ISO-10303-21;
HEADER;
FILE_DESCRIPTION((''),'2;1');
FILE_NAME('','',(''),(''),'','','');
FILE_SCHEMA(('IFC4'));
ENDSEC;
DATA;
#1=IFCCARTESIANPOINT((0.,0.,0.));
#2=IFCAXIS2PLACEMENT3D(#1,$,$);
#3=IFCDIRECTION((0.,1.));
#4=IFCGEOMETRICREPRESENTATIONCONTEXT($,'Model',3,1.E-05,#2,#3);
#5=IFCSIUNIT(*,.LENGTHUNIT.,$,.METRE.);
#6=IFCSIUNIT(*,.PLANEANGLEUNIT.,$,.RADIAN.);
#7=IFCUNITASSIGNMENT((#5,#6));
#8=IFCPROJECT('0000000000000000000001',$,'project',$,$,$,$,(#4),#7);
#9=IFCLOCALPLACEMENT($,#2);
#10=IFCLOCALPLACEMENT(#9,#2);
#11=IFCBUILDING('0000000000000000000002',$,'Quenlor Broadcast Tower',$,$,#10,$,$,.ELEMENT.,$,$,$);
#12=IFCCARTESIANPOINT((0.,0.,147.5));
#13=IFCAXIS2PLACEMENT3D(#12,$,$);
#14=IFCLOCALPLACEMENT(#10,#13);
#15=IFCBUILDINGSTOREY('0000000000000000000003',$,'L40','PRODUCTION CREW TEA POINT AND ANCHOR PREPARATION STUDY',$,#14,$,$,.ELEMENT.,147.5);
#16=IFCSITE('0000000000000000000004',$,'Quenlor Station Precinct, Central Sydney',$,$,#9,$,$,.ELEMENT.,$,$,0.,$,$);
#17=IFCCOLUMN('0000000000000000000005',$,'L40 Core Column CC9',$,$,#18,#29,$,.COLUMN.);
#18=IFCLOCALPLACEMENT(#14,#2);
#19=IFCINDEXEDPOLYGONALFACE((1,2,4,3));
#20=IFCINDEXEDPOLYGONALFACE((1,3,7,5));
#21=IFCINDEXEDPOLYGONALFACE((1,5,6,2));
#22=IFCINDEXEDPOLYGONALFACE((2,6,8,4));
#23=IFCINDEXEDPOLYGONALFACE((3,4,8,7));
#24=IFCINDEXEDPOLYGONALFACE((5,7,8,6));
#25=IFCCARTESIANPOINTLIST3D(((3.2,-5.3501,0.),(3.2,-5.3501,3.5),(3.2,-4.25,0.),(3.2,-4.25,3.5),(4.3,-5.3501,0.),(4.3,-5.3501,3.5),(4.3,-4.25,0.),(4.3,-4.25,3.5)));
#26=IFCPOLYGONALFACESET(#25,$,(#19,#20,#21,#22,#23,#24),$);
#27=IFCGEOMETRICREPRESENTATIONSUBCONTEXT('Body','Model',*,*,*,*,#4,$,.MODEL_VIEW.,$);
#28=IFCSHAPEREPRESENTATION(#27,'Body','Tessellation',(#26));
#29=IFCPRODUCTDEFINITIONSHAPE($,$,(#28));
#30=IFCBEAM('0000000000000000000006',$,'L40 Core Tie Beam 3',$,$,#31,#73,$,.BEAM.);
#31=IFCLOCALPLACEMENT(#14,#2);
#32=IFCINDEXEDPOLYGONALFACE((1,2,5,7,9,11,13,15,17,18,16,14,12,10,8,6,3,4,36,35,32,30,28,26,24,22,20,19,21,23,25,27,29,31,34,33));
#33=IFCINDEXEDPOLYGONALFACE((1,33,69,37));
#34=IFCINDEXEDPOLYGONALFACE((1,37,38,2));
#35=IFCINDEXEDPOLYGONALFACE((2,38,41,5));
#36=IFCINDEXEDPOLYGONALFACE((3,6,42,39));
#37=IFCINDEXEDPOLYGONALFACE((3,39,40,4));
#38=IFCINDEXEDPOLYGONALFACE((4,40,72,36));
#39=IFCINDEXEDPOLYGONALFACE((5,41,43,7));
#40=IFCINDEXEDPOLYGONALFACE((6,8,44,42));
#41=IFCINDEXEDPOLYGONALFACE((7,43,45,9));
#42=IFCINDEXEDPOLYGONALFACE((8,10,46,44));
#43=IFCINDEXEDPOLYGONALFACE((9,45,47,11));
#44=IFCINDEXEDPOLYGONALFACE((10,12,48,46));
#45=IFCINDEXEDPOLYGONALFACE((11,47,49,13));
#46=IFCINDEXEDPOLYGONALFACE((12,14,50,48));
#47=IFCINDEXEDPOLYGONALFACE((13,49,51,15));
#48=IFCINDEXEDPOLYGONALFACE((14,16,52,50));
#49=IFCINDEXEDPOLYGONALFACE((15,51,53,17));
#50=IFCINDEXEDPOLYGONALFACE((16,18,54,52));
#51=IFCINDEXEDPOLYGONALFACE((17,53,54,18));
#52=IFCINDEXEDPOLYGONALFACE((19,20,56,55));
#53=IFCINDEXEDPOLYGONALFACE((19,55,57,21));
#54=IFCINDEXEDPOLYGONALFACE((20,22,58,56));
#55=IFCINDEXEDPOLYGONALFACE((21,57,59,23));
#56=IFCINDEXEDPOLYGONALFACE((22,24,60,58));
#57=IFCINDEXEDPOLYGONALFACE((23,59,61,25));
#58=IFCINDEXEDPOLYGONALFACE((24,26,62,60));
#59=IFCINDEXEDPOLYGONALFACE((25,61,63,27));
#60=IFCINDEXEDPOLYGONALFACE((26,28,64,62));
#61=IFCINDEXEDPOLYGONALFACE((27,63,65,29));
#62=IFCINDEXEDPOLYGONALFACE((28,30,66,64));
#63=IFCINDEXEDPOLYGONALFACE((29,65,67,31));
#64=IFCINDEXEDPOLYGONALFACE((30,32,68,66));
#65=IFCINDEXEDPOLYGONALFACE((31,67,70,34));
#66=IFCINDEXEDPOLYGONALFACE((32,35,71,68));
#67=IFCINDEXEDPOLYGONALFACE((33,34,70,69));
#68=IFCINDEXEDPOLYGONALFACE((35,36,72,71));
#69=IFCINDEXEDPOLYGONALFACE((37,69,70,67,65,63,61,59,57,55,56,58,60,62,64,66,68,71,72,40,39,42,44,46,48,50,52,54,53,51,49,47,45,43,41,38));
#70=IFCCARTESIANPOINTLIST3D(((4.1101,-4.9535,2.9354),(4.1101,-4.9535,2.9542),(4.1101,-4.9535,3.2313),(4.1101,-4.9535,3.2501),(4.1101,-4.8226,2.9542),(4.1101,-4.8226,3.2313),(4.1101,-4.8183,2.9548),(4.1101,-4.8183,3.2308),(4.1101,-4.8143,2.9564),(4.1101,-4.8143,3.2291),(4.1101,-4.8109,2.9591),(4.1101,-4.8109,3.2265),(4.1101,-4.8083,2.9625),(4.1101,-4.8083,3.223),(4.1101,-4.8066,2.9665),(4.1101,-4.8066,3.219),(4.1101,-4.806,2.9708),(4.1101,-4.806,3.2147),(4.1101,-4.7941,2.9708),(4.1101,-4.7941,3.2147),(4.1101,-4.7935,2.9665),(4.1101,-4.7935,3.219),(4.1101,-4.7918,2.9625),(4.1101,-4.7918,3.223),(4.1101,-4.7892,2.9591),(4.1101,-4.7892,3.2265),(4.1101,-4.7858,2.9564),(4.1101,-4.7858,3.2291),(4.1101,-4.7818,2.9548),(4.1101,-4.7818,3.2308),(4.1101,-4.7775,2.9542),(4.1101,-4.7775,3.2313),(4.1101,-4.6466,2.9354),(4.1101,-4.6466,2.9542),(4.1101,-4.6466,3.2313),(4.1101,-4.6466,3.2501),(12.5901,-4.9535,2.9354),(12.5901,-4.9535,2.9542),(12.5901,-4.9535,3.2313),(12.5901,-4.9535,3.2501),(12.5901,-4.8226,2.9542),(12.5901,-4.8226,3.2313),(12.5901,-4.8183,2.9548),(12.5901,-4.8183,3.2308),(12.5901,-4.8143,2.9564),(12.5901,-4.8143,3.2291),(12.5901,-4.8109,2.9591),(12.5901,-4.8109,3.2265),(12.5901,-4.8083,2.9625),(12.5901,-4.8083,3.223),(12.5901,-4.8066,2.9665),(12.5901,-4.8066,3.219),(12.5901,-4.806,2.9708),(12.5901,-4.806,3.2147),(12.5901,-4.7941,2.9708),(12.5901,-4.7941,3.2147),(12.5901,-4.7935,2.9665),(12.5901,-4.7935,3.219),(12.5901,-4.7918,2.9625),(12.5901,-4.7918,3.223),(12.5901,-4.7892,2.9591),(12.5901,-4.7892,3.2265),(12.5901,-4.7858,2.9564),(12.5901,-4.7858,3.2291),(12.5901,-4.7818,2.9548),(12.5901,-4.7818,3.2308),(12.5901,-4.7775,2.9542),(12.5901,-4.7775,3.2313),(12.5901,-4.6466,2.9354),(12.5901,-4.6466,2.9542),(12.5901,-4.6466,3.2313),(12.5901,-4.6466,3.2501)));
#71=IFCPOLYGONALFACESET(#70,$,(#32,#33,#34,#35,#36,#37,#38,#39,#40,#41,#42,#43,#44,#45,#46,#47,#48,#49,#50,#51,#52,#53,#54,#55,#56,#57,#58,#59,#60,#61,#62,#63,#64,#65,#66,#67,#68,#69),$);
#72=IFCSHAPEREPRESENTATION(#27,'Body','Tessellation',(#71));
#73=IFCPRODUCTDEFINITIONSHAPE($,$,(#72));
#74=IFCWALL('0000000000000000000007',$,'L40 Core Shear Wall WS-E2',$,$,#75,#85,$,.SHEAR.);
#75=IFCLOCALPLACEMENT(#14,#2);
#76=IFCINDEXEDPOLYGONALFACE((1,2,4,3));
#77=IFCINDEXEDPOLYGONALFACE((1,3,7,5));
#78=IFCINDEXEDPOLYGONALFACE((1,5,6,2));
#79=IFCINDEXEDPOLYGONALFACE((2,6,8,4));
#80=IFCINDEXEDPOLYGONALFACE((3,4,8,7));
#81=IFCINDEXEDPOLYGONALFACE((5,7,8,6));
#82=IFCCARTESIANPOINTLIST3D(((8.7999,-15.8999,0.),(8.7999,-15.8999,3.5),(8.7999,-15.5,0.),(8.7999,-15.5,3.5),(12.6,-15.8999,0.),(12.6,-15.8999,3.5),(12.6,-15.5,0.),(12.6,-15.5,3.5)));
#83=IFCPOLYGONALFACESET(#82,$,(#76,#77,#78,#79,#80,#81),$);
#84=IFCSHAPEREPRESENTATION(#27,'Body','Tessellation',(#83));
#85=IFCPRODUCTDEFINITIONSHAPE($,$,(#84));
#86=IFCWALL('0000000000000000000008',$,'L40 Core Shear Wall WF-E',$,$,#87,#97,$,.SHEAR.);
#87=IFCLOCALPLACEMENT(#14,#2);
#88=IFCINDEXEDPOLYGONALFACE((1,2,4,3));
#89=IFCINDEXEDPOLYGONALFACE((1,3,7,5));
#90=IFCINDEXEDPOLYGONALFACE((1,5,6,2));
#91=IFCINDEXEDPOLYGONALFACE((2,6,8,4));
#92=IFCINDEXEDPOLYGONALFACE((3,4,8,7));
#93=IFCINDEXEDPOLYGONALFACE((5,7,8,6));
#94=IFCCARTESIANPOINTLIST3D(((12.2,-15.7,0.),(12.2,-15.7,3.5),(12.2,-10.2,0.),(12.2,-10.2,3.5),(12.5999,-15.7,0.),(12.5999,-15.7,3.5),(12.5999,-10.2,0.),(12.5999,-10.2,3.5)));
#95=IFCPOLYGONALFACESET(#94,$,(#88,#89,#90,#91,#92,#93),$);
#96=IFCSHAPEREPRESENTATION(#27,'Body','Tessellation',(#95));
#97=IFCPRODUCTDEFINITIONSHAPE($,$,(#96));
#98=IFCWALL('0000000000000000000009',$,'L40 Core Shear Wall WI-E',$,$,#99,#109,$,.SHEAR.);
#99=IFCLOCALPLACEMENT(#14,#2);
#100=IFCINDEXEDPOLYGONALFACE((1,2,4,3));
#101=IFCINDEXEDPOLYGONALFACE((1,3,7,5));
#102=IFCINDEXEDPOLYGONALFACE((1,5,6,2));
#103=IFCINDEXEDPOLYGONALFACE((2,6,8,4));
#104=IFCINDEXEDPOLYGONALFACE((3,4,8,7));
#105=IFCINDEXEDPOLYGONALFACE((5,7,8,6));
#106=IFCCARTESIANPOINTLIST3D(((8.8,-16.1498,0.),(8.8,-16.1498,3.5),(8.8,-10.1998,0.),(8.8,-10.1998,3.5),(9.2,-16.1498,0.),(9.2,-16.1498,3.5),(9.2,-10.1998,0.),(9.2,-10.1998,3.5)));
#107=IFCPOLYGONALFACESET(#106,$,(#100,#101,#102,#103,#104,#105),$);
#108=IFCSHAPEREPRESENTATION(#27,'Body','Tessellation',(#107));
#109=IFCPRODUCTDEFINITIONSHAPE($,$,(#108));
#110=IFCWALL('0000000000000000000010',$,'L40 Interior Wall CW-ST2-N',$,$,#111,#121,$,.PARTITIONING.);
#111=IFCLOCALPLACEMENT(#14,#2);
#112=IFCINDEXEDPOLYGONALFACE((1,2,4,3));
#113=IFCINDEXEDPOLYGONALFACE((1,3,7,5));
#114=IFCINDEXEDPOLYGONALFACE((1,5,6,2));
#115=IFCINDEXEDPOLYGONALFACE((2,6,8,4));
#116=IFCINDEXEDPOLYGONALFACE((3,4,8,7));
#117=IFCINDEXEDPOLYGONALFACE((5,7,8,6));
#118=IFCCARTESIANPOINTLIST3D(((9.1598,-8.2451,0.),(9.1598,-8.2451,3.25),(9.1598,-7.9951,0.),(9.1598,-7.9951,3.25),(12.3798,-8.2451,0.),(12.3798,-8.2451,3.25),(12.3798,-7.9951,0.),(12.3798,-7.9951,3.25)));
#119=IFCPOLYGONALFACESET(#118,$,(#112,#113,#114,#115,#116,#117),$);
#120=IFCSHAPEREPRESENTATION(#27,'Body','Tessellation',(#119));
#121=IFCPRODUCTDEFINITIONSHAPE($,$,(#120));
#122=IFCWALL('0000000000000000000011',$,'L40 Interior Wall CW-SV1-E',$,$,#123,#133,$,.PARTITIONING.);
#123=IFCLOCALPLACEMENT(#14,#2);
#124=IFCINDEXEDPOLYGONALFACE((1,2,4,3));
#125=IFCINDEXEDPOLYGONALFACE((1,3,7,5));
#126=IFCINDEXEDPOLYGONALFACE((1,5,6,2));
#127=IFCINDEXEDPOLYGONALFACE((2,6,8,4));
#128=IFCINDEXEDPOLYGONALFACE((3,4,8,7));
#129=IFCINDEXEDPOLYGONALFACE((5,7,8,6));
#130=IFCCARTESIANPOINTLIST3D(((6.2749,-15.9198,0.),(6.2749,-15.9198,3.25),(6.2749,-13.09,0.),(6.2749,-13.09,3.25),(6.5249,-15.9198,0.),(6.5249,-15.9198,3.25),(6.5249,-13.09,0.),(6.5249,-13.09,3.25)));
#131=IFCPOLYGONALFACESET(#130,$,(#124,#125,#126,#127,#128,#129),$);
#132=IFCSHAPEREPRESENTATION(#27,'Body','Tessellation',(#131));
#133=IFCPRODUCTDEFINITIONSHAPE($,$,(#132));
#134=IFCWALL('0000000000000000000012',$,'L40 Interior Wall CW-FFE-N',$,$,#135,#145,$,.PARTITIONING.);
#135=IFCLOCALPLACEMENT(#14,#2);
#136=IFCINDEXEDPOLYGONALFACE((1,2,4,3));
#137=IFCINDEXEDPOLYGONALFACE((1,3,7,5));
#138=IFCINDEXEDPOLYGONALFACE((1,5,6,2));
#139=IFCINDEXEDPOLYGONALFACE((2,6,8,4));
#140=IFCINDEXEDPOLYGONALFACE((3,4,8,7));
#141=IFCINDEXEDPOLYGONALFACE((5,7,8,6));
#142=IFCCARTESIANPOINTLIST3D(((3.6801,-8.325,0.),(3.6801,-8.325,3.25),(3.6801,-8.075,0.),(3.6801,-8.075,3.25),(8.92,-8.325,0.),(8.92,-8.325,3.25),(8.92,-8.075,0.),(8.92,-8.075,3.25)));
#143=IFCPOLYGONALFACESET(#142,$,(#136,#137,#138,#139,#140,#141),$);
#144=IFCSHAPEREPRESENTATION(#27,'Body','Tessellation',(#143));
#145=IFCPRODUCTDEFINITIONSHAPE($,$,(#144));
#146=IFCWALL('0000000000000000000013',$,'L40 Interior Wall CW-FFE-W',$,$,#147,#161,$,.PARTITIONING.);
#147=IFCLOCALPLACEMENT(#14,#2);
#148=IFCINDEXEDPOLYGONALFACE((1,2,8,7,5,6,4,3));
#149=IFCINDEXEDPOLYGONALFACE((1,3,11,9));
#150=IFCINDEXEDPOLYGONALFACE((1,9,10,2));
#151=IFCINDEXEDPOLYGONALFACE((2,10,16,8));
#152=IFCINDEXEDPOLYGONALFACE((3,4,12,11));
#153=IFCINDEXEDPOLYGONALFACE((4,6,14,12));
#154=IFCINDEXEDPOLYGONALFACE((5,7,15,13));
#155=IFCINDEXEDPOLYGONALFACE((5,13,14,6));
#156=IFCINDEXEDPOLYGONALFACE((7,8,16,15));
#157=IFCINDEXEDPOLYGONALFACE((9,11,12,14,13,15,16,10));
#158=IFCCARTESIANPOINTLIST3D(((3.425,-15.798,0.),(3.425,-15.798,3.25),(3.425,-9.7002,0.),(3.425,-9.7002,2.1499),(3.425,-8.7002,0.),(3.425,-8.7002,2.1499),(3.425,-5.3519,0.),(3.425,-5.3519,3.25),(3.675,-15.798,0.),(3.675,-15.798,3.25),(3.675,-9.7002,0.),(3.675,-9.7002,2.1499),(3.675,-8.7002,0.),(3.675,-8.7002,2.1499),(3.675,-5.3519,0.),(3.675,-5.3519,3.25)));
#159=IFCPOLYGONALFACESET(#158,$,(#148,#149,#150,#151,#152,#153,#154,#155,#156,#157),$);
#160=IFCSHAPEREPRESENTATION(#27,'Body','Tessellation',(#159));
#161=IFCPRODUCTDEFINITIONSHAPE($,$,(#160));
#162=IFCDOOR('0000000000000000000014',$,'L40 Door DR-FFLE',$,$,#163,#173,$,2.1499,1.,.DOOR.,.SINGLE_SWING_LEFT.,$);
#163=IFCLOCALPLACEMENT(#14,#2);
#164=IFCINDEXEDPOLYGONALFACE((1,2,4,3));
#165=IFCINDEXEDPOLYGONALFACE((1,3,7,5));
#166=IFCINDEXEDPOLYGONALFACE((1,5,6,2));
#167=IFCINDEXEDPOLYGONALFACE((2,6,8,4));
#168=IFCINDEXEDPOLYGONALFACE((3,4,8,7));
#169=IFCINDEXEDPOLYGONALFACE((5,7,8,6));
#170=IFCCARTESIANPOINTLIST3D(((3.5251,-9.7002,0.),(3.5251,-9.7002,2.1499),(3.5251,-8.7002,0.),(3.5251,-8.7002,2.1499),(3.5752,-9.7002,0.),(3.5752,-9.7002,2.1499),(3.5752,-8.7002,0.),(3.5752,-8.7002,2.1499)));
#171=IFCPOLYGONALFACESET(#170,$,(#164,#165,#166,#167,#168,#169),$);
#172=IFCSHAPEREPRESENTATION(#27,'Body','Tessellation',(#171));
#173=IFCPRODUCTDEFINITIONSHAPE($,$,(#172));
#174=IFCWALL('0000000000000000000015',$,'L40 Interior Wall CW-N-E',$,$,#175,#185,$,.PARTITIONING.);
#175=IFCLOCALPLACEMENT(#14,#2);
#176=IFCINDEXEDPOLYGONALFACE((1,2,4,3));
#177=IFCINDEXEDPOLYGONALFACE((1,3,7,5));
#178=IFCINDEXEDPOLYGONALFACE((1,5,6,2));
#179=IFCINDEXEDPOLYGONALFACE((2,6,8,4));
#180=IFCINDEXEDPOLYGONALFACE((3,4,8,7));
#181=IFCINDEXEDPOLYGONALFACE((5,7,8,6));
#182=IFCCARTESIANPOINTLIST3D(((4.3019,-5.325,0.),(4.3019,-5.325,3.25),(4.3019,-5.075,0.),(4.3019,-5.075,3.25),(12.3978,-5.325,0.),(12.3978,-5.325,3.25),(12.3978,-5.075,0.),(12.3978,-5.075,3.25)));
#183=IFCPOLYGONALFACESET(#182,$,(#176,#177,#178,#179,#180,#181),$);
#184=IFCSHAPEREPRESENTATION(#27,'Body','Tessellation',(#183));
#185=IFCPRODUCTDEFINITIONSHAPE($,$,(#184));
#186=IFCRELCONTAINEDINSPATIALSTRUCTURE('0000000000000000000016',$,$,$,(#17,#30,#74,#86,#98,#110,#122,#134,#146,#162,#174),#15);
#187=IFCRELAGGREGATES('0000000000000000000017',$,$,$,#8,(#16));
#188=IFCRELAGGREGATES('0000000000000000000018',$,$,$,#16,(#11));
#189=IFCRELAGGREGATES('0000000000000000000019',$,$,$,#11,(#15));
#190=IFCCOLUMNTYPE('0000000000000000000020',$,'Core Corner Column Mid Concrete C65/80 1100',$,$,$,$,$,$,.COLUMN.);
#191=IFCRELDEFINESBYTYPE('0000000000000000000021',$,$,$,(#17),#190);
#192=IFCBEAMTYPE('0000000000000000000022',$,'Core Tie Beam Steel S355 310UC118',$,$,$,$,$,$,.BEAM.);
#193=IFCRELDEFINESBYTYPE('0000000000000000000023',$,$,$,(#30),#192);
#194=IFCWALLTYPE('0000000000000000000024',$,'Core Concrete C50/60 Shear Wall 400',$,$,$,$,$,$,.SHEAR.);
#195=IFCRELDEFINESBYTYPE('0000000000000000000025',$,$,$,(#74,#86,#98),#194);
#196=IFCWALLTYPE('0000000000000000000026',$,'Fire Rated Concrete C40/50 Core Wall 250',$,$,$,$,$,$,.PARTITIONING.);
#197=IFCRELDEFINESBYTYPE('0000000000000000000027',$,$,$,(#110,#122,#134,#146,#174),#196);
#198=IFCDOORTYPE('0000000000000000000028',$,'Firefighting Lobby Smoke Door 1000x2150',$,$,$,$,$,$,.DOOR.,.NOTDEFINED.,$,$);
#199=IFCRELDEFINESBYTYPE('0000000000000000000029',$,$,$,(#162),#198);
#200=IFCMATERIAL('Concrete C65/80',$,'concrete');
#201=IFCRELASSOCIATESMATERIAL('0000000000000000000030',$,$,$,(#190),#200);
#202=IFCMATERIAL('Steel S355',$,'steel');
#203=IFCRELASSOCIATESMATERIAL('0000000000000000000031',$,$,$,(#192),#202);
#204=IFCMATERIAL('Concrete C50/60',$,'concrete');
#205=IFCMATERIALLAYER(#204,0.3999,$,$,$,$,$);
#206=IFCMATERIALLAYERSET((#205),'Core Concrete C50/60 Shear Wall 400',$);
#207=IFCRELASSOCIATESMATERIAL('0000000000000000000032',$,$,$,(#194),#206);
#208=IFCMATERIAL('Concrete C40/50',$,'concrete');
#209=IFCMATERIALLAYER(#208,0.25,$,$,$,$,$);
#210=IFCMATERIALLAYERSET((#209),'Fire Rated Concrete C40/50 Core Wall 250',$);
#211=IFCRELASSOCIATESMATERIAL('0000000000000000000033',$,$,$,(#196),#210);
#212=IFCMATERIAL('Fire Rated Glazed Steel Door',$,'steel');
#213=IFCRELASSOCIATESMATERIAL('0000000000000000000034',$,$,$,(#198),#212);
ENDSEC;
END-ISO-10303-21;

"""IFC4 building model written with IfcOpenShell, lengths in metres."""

from ifc_helpers import new_model, si_unit, direction, frame, frame_2d, origin, origin_2d, place, context, subcontext, project, spatial, rectangle, i_section, extrude, material, layer, layer_set, material_profile, profile_set, type_object, element, fill, save


model = new_model("IFC4")

# Units and contexts
model_context = context("Model", 3, precision=1e-05, world=origin(), true_north=direction((0.0, 1.0)))
body_context = subcontext(model_context, "Body", "Model", "MODEL_VIEW")
ifc_project = project(units=[si_unit("LENGTHUNIT", "METRE"), si_unit("PLANEANGLEUNIT", "RADIAN")], contexts=[model_context])

# Site, building, storey
site_placement = place(None, origin())
site = spatial("IfcSite", under=ifc_project, at=site_placement, Name="Quenlor Station Precinct, Central Sydney", CompositionType="ELEMENT", RefElevation=0.0)
building_placement = place(site_placement, origin())
building = spatial("IfcBuilding", under=site, at=building_placement, Name="Quenlor Broadcast Tower", CompositionType="ELEMENT")
storey_placement = place(building_placement, frame((0.0, 0.0, 147.5)))
storey = spatial("IfcBuildingStorey", under=building, at=storey_placement, Name="L40", Description="PRODUCTION CREW TEA POINT AND ANCHOR PREPARATION STUDY", CompositionType="ELEMENT", Elevation=147.5)

# Column
ifc_material_1 = material(Name="Concrete C65/80", Category="concrete")
ifc_material_profile_1 = material_profile(ifc_material_1, rectangle(XDim=1.1001, YDim=1.1001, at=origin_2d()))
ifc_profile_set_1 = profile_set([ifc_material_profile_1], Name="Concrete C65/80 RC1100x1100")
column_type = type_object("IfcColumnType", Name="Core Corner Column Mid Concrete C65/80 1100", PredefinedType="COLUMN", material=ifc_profile_set_1)
column_placement = place(storey_placement, frame((3.75, -4.8, 0.0), z_axis=(0.0, 0.0, 1.0), x_axis=(1.0, 0.0, 0.0)))
element("IfcColumn", 1, at=column_placement, inside=storey, type_object=column_type, Name="L40 Core Column CC9", PredefinedType="COLUMN", context=body_context, shape_type="SweptSolid", body=[
    extrude(rectangle(XDim=1.1001, YDim=1.1001, at=origin_2d()), origin(), (0.0, 0.0, 1.0), 3.5),
])

# Beam
ifc_material_2 = material(Name="Steel S355", Category="steel")
ifc_material_profile_2 = material_profile(ifc_material_2, i_section(OverallWidth=0.3069, OverallDepth=0.3147, WebThickness=0.012, FlangeThickness=0.0188, FilletRadius=0.0166, at=origin_2d()))
ifc_profile_set_2 = profile_set([ifc_material_profile_2], Name="Steel S355 310UC118")
beam_type = type_object("IfcBeamType", Name="Core Tie Beam Steel S355 310UC118", PredefinedType="BEAM", material=ifc_profile_set_2)
beam_placement = place(storey_placement, frame((4.1101, -4.8, 3.0928), z_axis=(1.0, 0.0, 0.0), x_axis=(0.0, 1.0, 0.0)))
element("IfcBeam", 2, at=beam_placement, inside=storey, type_object=beam_type, Name="L40 Core Tie Beam 3", PredefinedType="BEAM", context=body_context, shape_type="SweptSolid", body=[
    extrude(i_section(OverallWidth=0.3069, OverallDepth=0.3147, WebThickness=0.012, FlangeThickness=0.0188, FilletRadius=0.0166, at=origin_2d()), origin(), (0.0, 0.0, 1.0), 8.48),
])

# Walls
ifc_material_3 = material(Name="Concrete C50/60", Category="concrete")
ifc_layer_1 = layer(ifc_material_3, 0.3999)
ifc_layer_set_1 = layer_set([ifc_layer_1], Name="Core Concrete C50/60 Shear Wall 400")
wall_type_1 = type_object("IfcWallType", Name="Core Concrete C50/60 Shear Wall 400", PredefinedType="SHEAR", material=ifc_layer_set_1)
wall_1_placement = place(storey_placement, frame((8.8, -15.7, 0.0), z_axis=(0.0, 0.0, 1.0), x_axis=(1.0, 0.0, 0.0)))
element("IfcWall", 3, at=wall_1_placement, inside=storey, type_object=wall_type_1, Name="L40 Core Shear Wall WS-E2", PredefinedType="SHEAR", context=body_context, shape_type="SweptSolid", body=[
    extrude(rectangle(XDim=3.8, YDim=0.3999, at=frame_2d((1.8999, 0.0))), origin(), (0.0, 0.0, 1.0), 3.5),
])
wall_2_placement = place(storey_placement, frame((12.3999, -15.7, 0.0), z_axis=(0.0, 0.0, 1.0), x_axis=(0.0, 1.0, 0.0)))
element("IfcWall", 4, at=wall_2_placement, inside=storey, type_object=wall_type_1, Name="L40 Core Shear Wall WF-E", PredefinedType="SHEAR", context=body_context, shape_type="SweptSolid", body=[
    extrude(rectangle(XDim=5.5, YDim=0.3999, at=frame_2d((2.75, 0.0))), origin(), (0.0, 0.0, 1.0), 3.5),
])
wall_3_placement = place(storey_placement, frame((9.0, -16.1499, 0.0), z_axis=(0.0, 0.0, 1.0), x_axis=(0.0, 1.0, 0.0)))
element("IfcWall", 5, at=wall_3_placement, inside=storey, type_object=wall_type_1, Name="L40 Core Shear Wall WI-E", PredefinedType="SHEAR", context=body_context, shape_type="SweptSolid", body=[
    extrude(rectangle(XDim=5.95, YDim=0.3999, at=frame_2d((2.9751, 0.0))), origin(), (0.0, 0.0, 1.0), 3.5),
])

# Shared definitions
ifc_material_4 = material(Name="Concrete C40/50", Category="concrete")
ifc_layer_2 = layer(ifc_material_4, 0.25)
ifc_layer_set_2 = layer_set([ifc_layer_2], Name="Fire Rated Concrete C40/50 Core Wall 250")
wall_type_2 = type_object("IfcWallType", Name="Fire Rated Concrete C40/50 Core Wall 250", PredefinedType="PARTITIONING", material=ifc_layer_set_2)

# Wall
wall_4_placement = place(storey_placement, frame((9.1599, -8.1201, 0.0), z_axis=(0.0, 0.0, 1.0), x_axis=(1.0, 0.0, 0.0)))
element("IfcWall", 6, at=wall_4_placement, inside=storey, type_object=wall_type_2, Name="L40 Interior Wall CW-ST2-N", PredefinedType="PARTITIONING", context=body_context, shape_type="SweptSolid", body=[
    extrude(rectangle(XDim=3.22, YDim=0.25, at=frame_2d((1.6099, 0.0))), origin(), (0.0, 0.0, 1.0), 3.25),
])

# Walls
wall_5_placement = place(storey_placement, frame((6.3999, -15.9199, 0.0), z_axis=(0.0, 0.0, 1.0), x_axis=(0.0, 1.0, 0.0)))
element("IfcWall", 7, at=wall_5_placement, inside=storey, type_object=wall_type_2, Name="L40 Interior Wall CW-SV1-E", PredefinedType="PARTITIONING", context=body_context, shape_type="SweptSolid", body=[
    extrude(rectangle(XDim=2.8298, YDim=0.25, at=frame_2d((1.415, 0.0))), origin(), (0.0, 0.0, 1.0), 3.25),
])
wall_6_placement = place(storey_placement, frame((3.6799, -8.2, 0.0), z_axis=(0.0, 0.0, 1.0), x_axis=(1.0, 0.0, 0.0)))
element("IfcWall", 8, at=wall_6_placement, inside=storey, type_object=wall_type_2, Name="L40 Interior Wall CW-FFE-N", PredefinedType="PARTITIONING", context=body_context, shape_type="SweptSolid", body=[
    extrude(rectangle(XDim=5.24, YDim=0.25, at=frame_2d((2.6201, 0.0))), origin(), (0.0, 0.0, 1.0), 3.25),
])

# Wall, opening, door
wall_7_placement = place(storey_placement, frame((3.55, -15.7981, 0.0), z_axis=(0.0, 0.0, 1.0), x_axis=(0.0, 1.0, 0.0)))
wall_7 = element("IfcWall", 9, at=wall_7_placement, inside=storey, type_object=wall_type_2, Name="L40 Interior Wall CW-FFE-W", PredefinedType="PARTITIONING", context=body_context, shape_type="SweptSolid", body=[
    extrude(rectangle(XDim=10.446, YDim=0.25, at=frame_2d((5.2231, 0.0))), origin(), (0.0, 0.0, 1.0), 3.25),
])
opening_1_placement = place(wall_7_placement, frame((6.0979, 0.0, 0.0)))
opening_1 = element("IfcOpeningElement", 10, at=opening_1_placement, cuts=wall_7, PredefinedType="OPENING", context=body_context, shape_type="SweptSolid", body=[
    extrude(rectangle(XDim=1.0, YDim=2.1499, at=frame_2d((0.5, 1.075))), frame((0.0, 0.135, 0.0), z_axis=(0.0, -1.0, 0.0), x_axis=(1.0, 0.0, 0.0)), (0.0, 0.0, 1.0), 0.27),
])
ifc_material_5 = material(Name="Fire Rated Glazed Steel Door", Category="steel")
door_type_1 = type_object("IfcDoorType", Name="Firefighting Lobby Smoke Door 1000x2150", OperationType="NOTDEFINED", PredefinedType="DOOR", material=ifc_material_5)
door_1_placement = place(opening_1_placement, origin())
door_1 = element("IfcDoor", 11, at=door_1_placement, inside=storey, type_object=door_type_1, Name="L40 Door DR-FFLE", OperationType="SINGLE_SWING_LEFT", OverallHeight=2.1499, OverallWidth=1.0, PredefinedType="DOOR", context=body_context, shape_type="SweptSolid", body=[
    extrude(rectangle(XDim=1.0, YDim=2.1499, at=frame_2d((0.5, 1.075))), frame((0.0, 0.0249, 0.0), z_axis=(0.0, -1.0, 0.0), x_axis=(1.0, 0.0, 0.0)), (0.0, 0.0, 1.0), 0.05),
])
fill(opening_1, door_1)

# Wall
wall_8_placement = place(storey_placement, frame((4.302, -5.2, 0.0), z_axis=(0.0, 0.0, 1.0), x_axis=(1.0, 0.0, 0.0)))
element("IfcWall", 12, at=wall_8_placement, inside=storey, type_object=wall_type_2, Name="L40 Interior Wall CW-N-E", PredefinedType="PARTITIONING", context=body_context, shape_type="SweptSolid", body=[
    extrude(rectangle(XDim=8.0959, YDim=0.25, at=frame_2d((4.0479, 0.0))), origin(), (0.0, 0.0, 1.0), 3.25),
])

save(model, "model.ifc")
